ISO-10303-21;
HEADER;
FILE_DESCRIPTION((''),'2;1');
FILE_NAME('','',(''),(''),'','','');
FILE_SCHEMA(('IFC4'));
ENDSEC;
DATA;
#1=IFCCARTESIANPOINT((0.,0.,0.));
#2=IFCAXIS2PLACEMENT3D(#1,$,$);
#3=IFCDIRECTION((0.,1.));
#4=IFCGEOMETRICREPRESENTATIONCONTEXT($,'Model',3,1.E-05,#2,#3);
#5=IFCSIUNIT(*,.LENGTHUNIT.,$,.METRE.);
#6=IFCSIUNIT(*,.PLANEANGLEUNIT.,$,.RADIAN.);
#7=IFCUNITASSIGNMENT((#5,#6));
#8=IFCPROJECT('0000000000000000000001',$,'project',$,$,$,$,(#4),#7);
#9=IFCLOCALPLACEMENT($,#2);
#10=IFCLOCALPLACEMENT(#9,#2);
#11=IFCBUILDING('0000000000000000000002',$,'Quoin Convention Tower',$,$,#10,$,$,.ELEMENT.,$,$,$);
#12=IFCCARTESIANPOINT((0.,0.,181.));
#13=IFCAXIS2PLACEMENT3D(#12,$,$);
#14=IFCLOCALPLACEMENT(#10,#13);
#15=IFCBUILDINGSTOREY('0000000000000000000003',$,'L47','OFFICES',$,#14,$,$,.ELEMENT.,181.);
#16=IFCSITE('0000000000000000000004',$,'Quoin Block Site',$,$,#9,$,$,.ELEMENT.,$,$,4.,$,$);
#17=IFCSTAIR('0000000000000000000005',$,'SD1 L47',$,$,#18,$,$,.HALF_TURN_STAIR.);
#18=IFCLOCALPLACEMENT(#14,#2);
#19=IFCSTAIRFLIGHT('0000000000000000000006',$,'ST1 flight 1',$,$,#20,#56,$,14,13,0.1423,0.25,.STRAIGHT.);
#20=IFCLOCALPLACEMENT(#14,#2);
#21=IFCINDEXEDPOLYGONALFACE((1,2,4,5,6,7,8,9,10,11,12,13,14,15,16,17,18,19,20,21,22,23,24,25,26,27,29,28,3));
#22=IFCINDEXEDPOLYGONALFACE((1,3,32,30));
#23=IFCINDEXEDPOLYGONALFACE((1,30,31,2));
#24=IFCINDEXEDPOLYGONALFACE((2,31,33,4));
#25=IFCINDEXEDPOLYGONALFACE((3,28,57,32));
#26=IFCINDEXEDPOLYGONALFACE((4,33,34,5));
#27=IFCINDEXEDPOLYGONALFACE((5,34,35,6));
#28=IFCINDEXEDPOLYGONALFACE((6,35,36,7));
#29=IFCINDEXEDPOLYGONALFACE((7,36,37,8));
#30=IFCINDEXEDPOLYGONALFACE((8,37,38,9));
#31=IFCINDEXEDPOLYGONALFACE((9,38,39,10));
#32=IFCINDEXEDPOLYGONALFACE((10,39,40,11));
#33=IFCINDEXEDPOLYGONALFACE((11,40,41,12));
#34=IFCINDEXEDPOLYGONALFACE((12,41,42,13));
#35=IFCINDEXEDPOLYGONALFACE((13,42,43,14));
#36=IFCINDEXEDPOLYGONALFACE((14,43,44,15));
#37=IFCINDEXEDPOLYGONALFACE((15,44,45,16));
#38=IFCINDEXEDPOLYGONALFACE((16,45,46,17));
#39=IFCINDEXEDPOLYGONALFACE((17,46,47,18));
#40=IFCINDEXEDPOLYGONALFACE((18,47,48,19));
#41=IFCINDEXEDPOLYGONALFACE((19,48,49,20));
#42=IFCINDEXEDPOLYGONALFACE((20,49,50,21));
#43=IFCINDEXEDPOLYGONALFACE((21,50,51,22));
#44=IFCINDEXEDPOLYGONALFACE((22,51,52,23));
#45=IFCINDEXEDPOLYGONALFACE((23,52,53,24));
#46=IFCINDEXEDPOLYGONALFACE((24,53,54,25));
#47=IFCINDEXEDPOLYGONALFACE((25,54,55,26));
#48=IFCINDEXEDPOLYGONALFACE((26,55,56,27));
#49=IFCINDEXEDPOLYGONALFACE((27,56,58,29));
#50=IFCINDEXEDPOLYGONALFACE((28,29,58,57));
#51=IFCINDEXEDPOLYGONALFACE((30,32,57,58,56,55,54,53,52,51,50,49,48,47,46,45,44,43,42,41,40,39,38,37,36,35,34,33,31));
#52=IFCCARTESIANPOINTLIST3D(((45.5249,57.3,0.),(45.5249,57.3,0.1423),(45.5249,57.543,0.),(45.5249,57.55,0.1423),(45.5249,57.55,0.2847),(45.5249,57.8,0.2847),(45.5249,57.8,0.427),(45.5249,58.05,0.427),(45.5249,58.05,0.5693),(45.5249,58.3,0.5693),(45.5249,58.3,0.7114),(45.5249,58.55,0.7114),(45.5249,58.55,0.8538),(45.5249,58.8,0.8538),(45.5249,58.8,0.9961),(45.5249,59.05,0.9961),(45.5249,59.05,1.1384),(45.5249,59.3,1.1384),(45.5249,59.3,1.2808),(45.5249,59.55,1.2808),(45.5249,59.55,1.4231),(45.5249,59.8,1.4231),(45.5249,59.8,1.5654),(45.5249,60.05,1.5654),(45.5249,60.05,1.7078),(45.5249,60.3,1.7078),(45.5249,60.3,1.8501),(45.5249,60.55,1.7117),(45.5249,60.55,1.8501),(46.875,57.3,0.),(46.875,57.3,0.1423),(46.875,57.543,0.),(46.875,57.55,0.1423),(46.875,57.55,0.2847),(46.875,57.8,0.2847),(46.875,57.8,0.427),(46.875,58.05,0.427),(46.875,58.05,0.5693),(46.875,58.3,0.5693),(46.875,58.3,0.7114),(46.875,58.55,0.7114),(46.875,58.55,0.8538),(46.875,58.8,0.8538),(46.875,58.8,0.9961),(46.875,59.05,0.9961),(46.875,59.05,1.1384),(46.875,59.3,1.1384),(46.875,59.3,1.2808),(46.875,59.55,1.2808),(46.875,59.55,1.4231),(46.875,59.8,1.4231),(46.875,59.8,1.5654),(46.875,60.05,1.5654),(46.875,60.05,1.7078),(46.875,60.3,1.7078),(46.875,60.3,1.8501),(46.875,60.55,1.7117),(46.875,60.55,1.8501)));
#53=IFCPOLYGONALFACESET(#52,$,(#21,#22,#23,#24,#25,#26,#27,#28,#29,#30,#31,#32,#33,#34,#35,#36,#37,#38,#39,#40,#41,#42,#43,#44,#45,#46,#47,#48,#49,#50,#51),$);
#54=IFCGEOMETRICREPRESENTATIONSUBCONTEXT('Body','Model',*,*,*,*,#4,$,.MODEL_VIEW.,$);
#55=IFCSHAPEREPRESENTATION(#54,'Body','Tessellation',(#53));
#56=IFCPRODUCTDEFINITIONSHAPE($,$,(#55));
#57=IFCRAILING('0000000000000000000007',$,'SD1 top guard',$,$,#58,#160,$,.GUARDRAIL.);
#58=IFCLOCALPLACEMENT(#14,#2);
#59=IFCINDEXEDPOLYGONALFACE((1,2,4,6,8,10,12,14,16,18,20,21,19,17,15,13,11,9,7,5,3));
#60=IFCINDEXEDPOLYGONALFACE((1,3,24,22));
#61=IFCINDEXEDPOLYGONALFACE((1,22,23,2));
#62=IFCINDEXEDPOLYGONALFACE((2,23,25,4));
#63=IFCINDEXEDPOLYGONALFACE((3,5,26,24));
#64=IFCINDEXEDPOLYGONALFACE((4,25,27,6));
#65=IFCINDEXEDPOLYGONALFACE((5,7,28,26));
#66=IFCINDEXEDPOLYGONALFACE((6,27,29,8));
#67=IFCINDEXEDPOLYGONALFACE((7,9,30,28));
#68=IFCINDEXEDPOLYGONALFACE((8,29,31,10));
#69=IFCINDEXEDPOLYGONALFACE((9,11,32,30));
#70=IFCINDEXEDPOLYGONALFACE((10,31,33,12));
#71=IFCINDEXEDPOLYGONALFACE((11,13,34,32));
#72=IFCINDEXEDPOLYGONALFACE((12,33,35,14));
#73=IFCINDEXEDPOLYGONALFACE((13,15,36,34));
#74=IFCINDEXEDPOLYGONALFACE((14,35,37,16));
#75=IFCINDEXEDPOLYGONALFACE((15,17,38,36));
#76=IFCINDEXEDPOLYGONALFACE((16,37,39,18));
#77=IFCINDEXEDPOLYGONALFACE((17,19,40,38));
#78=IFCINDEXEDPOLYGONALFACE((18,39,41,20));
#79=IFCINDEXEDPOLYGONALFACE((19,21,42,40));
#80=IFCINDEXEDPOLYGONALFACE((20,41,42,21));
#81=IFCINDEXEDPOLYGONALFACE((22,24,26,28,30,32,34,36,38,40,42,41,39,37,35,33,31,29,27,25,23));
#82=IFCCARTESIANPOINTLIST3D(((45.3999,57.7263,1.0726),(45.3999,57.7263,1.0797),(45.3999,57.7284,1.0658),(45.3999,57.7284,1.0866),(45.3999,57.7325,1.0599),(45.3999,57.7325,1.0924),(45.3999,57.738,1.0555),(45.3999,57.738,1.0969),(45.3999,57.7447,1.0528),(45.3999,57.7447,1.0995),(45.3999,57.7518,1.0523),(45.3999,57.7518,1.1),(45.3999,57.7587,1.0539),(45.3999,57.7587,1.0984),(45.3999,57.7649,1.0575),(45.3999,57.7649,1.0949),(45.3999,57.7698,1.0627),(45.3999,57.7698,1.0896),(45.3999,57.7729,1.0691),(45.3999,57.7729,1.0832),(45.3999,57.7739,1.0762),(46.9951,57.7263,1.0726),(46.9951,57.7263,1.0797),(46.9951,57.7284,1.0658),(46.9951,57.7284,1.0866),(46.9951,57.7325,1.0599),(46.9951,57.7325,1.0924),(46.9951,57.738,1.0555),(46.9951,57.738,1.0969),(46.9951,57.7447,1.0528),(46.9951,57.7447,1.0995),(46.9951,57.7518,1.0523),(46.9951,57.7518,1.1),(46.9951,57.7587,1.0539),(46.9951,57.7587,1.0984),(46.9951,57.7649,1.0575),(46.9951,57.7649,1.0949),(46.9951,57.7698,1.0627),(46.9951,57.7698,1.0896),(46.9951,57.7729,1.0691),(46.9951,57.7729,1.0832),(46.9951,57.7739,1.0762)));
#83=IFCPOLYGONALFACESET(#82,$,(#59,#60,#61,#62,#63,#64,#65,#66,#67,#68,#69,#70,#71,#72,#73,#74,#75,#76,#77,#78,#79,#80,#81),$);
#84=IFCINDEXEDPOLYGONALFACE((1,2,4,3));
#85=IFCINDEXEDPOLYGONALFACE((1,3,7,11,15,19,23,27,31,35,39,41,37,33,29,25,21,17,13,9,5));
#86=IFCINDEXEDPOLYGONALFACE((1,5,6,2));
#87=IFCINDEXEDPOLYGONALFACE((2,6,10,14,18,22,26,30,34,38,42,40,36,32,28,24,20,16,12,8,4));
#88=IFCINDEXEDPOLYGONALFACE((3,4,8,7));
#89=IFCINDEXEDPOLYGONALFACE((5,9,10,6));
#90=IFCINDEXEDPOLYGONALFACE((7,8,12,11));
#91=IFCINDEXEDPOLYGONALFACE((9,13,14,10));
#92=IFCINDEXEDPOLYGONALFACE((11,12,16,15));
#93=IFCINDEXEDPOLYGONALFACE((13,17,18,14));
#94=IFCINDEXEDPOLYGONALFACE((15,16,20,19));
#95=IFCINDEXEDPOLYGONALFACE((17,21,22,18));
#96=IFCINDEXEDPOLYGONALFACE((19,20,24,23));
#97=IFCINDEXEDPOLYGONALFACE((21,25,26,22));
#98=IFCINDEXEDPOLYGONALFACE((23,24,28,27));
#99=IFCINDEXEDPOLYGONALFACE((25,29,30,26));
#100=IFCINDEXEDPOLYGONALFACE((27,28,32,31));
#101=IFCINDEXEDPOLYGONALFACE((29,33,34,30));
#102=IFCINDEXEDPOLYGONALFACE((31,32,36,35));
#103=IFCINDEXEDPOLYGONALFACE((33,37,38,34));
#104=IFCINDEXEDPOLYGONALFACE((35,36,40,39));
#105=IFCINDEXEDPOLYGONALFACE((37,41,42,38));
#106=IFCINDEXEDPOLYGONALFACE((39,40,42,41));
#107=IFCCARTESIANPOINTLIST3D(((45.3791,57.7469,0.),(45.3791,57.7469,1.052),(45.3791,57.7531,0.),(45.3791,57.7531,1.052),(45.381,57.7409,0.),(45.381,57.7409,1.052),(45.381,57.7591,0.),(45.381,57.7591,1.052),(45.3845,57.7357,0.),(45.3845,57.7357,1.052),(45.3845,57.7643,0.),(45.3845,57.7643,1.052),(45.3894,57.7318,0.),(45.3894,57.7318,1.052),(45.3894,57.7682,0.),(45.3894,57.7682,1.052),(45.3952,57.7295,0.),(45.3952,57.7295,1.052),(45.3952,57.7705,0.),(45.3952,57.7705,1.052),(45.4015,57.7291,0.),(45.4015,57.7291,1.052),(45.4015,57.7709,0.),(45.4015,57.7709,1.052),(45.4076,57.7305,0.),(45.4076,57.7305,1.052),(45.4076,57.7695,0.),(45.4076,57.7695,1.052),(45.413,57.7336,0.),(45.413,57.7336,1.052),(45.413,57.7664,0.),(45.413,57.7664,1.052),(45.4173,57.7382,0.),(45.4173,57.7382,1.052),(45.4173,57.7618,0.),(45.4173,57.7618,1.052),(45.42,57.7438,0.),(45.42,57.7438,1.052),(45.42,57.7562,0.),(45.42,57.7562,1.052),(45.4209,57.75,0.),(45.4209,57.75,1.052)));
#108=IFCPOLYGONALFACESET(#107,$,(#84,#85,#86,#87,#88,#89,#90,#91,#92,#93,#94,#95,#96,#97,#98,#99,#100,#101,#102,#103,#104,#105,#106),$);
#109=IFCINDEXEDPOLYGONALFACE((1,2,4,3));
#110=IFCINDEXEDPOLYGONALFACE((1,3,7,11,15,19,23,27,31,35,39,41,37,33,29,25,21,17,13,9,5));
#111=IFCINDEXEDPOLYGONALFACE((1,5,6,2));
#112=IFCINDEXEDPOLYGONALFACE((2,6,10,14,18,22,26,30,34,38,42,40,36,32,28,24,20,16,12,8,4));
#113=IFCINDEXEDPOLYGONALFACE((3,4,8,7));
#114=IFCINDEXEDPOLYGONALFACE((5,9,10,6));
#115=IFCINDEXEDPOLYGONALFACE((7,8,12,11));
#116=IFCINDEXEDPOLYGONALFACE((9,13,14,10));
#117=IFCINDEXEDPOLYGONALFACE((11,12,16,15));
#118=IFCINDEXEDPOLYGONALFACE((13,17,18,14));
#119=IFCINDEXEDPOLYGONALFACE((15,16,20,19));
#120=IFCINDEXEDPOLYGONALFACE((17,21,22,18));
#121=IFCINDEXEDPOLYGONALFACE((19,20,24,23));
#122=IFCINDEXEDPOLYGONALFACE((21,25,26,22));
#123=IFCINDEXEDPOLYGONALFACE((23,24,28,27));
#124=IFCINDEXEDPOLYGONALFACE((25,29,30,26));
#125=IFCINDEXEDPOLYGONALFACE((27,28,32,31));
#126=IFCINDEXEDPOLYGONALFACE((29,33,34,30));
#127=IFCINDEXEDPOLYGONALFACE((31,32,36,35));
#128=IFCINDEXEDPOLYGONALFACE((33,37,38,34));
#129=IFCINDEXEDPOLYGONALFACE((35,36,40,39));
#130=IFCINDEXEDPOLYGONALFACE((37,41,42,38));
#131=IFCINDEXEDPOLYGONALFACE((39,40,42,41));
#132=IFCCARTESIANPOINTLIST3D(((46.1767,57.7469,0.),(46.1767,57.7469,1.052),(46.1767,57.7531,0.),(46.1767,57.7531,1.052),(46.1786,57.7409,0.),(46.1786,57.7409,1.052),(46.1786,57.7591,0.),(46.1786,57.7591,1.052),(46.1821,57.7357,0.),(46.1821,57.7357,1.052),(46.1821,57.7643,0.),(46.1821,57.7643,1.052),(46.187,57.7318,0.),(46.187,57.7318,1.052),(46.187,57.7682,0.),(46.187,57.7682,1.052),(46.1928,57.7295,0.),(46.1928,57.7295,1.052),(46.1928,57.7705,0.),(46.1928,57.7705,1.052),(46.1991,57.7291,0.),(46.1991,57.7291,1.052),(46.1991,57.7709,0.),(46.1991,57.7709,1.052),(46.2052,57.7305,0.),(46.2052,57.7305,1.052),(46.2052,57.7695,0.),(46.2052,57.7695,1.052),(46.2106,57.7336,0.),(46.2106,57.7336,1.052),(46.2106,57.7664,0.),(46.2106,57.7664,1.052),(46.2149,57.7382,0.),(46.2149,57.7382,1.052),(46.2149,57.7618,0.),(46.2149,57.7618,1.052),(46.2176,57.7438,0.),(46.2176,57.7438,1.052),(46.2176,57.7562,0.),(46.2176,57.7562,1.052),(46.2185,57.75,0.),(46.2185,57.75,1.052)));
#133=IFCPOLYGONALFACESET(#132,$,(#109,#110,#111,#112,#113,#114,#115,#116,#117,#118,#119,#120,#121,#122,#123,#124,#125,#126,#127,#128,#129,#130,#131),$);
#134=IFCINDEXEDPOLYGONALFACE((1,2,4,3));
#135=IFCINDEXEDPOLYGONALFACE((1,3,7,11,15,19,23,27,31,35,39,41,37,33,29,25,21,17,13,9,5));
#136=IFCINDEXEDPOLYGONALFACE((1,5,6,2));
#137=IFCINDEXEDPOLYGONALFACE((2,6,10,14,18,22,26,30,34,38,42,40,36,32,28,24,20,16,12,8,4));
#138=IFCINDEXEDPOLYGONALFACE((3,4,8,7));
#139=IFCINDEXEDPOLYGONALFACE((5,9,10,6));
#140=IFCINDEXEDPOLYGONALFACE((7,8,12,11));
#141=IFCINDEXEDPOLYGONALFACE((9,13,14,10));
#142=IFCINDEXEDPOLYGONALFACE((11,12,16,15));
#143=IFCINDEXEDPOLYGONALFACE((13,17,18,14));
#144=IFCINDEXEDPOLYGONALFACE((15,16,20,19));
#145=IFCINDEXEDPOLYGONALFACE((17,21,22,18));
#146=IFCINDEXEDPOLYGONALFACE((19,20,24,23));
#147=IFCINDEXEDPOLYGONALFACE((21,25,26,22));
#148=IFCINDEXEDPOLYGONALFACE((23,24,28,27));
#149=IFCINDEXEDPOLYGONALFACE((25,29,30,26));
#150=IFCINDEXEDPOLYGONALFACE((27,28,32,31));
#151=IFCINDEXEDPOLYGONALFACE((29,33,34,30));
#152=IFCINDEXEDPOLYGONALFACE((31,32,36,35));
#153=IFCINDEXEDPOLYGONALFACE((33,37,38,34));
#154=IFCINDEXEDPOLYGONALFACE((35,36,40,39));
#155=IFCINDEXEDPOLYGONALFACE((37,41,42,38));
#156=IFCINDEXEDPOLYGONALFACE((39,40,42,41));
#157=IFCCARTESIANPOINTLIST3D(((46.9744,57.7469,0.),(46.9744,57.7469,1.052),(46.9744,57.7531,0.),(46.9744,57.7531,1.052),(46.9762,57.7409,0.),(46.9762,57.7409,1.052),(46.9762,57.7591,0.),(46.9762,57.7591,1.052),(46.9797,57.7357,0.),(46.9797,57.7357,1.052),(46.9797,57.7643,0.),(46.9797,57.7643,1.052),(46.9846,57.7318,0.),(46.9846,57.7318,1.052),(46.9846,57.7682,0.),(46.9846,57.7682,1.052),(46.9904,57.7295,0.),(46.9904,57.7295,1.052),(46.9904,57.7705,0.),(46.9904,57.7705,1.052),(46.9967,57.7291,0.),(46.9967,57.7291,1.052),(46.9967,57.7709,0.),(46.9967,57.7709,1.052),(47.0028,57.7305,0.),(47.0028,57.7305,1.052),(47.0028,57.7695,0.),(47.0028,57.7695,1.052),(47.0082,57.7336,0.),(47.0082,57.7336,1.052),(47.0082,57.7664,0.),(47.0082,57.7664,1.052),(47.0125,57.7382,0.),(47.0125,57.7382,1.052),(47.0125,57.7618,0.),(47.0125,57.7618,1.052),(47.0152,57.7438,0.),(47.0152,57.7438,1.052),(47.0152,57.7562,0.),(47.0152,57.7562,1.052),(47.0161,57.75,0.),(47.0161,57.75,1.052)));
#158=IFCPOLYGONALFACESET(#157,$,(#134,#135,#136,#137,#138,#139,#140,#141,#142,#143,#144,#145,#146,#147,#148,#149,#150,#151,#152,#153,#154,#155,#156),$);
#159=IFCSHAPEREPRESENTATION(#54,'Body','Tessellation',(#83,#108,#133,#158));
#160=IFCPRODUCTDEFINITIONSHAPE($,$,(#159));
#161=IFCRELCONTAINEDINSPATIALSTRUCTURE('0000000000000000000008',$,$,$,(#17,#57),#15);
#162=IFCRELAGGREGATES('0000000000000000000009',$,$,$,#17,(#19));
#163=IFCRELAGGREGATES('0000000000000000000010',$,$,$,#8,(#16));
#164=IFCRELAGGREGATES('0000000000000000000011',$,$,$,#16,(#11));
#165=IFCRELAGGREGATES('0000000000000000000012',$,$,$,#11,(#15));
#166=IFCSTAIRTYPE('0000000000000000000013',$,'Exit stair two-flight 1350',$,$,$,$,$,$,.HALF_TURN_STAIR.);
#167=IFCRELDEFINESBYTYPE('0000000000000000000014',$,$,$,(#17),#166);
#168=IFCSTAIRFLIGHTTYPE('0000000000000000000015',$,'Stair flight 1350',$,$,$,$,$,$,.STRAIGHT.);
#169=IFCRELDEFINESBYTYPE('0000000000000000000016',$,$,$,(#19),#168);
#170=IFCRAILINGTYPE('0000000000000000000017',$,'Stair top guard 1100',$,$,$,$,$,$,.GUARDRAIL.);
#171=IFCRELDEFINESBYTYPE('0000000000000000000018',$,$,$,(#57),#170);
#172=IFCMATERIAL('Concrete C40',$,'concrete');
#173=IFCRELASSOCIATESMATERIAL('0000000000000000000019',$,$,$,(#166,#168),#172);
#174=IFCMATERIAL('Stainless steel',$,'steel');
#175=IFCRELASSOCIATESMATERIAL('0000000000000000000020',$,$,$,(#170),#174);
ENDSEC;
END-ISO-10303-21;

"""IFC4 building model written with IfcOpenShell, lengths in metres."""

from ifc_helpers import new_model, si_unit, direction, frame, origin, origin_2d, place, context, subcontext, project, spatial, polyline, circle, outline, extrude, material, type_object, element, aggregate, save


model = new_model("IFC4")

# Units and contexts
model_context = context("Model", 3, precision=1e-05, world=origin(), true_north=direction((0.0, 1.0)))
body_context = subcontext(model_context, "Body", "Model", "MODEL_VIEW")
ifc_project = project(units=[si_unit("LENGTHUNIT", "METRE"), si_unit("PLANEANGLEUNIT", "RADIAN")], contexts=[model_context])

# Site, building, storey
site_placement = place(None, origin())
site = spatial("IfcSite", under=ifc_project, at=site_placement, Name="Quoin Block Site", CompositionType="ELEMENT", RefElevation=4.0)
building_placement = place(site_placement, origin())
building = spatial("IfcBuilding", under=site, at=building_placement, Name="Quoin Convention Tower", CompositionType="ELEMENT")
storey_placement = place(building_placement, frame((0.0, 0.0, 181.0)))
storey = spatial("IfcBuildingStorey", under=building, at=storey_placement, Name="L47", Description="OFFICES", CompositionType="ELEMENT", Elevation=181.0)

# Stair, stair flight
ifc_material_1 = material(Name="Concrete C40", Category="concrete")
stair_type = type_object("IfcStairType", Name="Exit stair two-flight 1350", PredefinedType="HALF_TURN_STAIR", material=ifc_material_1)
stair_placement = place(storey_placement, origin())
stair = element("IfcStair", 1, at=stair_placement, inside=storey, type_object=stair_type, Name="SD1 L47", PredefinedType="HALF_TURN_STAIR")
stair_flight_type = type_object("IfcStairFlightType", Name="Stair flight 1350", PredefinedType="STRAIGHT", material=ifc_material_1)
stair_flight_placement = place(storey_placement, frame((46.2, 57.3, 0.0), z_axis=(0.0, 0.0, 1.0), x_axis=(0.0, 1.0, 0.0)))
stair_flight = element("IfcStairFlight", 2, at=stair_flight_placement, type_object=stair_flight_type, Name="ST1 flight 1", NumberOfRisers=14, NumberOfTreads=13, PredefinedType="STRAIGHT", RiserHeight=0.1423, TreadLength=0.25, context=body_context, shape_type="SweptSolid", body=[
    extrude(outline(polyline([(0.0, 0.0), (0.0, 0.1423), (0.25, 0.1423), (0.25, 0.2847), (0.5, 0.2847), (0.5, 0.427), (0.75, 0.427), (0.75, 0.5693), (1.0, 0.5693), (1.0, 0.7114), (1.25, 0.7114), (1.25, 0.8538), (1.5, 0.8538), (1.5, 0.9961), (1.75, 0.9961), (1.75, 1.1384), (2.0, 1.1384), (2.0, 1.2808), (2.25, 1.2808), (2.25, 1.4231), (2.5, 1.4231), (2.5, 1.5654), (2.75, 1.5654), (2.75, 1.7078), (3.0, 1.7078), (3.0, 1.8501), (3.25, 1.8501), (3.25, 1.9922), (3.25, 1.7117), (0.2429, 0.0), (0.0, 0.0)])), frame((0.0, 0.675, 0.0), z_axis=(0.0, -1.0, 0.0), x_axis=(1.0, 0.0, 0.0)), (0.0, 0.0, 1.0), 1.3501),
])
aggregate(stair, [stair_flight])

# Railing
ifc_material_2 = material(Name="Stainless steel", Category="steel")
railing_type_1 = type_object("IfcRailingType", Name="Stair top guard 1100", PredefinedType="GUARDRAIL", material=ifc_material_2)
railing_1_placement = place(storey_placement, frame((45.3999, 57.75, 0.0)))
element("IfcRailing", 3, at=railing_1_placement, inside=storey, type_object=railing_type_1, Name="SD1 top guard", PredefinedType="GUARDRAIL", context=body_context, shape_type="SweptSolid", body=[
    extrude(circle(Radius=0.0239, at=origin_2d()), frame((0.0, 0.0, 1.0762), z_axis=(1.0, 0.0, 0.0), x_axis=(0.0, 1.0, 0.0)), (0.0, 0.0, 1.0), 1.5952),
    extrude(circle(Radius=0.021, at=origin_2d()), origin(), (0.0, 0.0, 1.0), 1.052),
    extrude(circle(Radius=0.021, at=origin_2d()), frame((0.7976, 0.0, 0.0)), (0.0, 0.0, 1.0), 1.052),
    extrude(circle(Radius=0.021, at=origin_2d()), frame((1.5952, 0.0, 0.0)), (0.0, 0.0, 1.0), 1.052),
])

save(model, "model.ifc")
